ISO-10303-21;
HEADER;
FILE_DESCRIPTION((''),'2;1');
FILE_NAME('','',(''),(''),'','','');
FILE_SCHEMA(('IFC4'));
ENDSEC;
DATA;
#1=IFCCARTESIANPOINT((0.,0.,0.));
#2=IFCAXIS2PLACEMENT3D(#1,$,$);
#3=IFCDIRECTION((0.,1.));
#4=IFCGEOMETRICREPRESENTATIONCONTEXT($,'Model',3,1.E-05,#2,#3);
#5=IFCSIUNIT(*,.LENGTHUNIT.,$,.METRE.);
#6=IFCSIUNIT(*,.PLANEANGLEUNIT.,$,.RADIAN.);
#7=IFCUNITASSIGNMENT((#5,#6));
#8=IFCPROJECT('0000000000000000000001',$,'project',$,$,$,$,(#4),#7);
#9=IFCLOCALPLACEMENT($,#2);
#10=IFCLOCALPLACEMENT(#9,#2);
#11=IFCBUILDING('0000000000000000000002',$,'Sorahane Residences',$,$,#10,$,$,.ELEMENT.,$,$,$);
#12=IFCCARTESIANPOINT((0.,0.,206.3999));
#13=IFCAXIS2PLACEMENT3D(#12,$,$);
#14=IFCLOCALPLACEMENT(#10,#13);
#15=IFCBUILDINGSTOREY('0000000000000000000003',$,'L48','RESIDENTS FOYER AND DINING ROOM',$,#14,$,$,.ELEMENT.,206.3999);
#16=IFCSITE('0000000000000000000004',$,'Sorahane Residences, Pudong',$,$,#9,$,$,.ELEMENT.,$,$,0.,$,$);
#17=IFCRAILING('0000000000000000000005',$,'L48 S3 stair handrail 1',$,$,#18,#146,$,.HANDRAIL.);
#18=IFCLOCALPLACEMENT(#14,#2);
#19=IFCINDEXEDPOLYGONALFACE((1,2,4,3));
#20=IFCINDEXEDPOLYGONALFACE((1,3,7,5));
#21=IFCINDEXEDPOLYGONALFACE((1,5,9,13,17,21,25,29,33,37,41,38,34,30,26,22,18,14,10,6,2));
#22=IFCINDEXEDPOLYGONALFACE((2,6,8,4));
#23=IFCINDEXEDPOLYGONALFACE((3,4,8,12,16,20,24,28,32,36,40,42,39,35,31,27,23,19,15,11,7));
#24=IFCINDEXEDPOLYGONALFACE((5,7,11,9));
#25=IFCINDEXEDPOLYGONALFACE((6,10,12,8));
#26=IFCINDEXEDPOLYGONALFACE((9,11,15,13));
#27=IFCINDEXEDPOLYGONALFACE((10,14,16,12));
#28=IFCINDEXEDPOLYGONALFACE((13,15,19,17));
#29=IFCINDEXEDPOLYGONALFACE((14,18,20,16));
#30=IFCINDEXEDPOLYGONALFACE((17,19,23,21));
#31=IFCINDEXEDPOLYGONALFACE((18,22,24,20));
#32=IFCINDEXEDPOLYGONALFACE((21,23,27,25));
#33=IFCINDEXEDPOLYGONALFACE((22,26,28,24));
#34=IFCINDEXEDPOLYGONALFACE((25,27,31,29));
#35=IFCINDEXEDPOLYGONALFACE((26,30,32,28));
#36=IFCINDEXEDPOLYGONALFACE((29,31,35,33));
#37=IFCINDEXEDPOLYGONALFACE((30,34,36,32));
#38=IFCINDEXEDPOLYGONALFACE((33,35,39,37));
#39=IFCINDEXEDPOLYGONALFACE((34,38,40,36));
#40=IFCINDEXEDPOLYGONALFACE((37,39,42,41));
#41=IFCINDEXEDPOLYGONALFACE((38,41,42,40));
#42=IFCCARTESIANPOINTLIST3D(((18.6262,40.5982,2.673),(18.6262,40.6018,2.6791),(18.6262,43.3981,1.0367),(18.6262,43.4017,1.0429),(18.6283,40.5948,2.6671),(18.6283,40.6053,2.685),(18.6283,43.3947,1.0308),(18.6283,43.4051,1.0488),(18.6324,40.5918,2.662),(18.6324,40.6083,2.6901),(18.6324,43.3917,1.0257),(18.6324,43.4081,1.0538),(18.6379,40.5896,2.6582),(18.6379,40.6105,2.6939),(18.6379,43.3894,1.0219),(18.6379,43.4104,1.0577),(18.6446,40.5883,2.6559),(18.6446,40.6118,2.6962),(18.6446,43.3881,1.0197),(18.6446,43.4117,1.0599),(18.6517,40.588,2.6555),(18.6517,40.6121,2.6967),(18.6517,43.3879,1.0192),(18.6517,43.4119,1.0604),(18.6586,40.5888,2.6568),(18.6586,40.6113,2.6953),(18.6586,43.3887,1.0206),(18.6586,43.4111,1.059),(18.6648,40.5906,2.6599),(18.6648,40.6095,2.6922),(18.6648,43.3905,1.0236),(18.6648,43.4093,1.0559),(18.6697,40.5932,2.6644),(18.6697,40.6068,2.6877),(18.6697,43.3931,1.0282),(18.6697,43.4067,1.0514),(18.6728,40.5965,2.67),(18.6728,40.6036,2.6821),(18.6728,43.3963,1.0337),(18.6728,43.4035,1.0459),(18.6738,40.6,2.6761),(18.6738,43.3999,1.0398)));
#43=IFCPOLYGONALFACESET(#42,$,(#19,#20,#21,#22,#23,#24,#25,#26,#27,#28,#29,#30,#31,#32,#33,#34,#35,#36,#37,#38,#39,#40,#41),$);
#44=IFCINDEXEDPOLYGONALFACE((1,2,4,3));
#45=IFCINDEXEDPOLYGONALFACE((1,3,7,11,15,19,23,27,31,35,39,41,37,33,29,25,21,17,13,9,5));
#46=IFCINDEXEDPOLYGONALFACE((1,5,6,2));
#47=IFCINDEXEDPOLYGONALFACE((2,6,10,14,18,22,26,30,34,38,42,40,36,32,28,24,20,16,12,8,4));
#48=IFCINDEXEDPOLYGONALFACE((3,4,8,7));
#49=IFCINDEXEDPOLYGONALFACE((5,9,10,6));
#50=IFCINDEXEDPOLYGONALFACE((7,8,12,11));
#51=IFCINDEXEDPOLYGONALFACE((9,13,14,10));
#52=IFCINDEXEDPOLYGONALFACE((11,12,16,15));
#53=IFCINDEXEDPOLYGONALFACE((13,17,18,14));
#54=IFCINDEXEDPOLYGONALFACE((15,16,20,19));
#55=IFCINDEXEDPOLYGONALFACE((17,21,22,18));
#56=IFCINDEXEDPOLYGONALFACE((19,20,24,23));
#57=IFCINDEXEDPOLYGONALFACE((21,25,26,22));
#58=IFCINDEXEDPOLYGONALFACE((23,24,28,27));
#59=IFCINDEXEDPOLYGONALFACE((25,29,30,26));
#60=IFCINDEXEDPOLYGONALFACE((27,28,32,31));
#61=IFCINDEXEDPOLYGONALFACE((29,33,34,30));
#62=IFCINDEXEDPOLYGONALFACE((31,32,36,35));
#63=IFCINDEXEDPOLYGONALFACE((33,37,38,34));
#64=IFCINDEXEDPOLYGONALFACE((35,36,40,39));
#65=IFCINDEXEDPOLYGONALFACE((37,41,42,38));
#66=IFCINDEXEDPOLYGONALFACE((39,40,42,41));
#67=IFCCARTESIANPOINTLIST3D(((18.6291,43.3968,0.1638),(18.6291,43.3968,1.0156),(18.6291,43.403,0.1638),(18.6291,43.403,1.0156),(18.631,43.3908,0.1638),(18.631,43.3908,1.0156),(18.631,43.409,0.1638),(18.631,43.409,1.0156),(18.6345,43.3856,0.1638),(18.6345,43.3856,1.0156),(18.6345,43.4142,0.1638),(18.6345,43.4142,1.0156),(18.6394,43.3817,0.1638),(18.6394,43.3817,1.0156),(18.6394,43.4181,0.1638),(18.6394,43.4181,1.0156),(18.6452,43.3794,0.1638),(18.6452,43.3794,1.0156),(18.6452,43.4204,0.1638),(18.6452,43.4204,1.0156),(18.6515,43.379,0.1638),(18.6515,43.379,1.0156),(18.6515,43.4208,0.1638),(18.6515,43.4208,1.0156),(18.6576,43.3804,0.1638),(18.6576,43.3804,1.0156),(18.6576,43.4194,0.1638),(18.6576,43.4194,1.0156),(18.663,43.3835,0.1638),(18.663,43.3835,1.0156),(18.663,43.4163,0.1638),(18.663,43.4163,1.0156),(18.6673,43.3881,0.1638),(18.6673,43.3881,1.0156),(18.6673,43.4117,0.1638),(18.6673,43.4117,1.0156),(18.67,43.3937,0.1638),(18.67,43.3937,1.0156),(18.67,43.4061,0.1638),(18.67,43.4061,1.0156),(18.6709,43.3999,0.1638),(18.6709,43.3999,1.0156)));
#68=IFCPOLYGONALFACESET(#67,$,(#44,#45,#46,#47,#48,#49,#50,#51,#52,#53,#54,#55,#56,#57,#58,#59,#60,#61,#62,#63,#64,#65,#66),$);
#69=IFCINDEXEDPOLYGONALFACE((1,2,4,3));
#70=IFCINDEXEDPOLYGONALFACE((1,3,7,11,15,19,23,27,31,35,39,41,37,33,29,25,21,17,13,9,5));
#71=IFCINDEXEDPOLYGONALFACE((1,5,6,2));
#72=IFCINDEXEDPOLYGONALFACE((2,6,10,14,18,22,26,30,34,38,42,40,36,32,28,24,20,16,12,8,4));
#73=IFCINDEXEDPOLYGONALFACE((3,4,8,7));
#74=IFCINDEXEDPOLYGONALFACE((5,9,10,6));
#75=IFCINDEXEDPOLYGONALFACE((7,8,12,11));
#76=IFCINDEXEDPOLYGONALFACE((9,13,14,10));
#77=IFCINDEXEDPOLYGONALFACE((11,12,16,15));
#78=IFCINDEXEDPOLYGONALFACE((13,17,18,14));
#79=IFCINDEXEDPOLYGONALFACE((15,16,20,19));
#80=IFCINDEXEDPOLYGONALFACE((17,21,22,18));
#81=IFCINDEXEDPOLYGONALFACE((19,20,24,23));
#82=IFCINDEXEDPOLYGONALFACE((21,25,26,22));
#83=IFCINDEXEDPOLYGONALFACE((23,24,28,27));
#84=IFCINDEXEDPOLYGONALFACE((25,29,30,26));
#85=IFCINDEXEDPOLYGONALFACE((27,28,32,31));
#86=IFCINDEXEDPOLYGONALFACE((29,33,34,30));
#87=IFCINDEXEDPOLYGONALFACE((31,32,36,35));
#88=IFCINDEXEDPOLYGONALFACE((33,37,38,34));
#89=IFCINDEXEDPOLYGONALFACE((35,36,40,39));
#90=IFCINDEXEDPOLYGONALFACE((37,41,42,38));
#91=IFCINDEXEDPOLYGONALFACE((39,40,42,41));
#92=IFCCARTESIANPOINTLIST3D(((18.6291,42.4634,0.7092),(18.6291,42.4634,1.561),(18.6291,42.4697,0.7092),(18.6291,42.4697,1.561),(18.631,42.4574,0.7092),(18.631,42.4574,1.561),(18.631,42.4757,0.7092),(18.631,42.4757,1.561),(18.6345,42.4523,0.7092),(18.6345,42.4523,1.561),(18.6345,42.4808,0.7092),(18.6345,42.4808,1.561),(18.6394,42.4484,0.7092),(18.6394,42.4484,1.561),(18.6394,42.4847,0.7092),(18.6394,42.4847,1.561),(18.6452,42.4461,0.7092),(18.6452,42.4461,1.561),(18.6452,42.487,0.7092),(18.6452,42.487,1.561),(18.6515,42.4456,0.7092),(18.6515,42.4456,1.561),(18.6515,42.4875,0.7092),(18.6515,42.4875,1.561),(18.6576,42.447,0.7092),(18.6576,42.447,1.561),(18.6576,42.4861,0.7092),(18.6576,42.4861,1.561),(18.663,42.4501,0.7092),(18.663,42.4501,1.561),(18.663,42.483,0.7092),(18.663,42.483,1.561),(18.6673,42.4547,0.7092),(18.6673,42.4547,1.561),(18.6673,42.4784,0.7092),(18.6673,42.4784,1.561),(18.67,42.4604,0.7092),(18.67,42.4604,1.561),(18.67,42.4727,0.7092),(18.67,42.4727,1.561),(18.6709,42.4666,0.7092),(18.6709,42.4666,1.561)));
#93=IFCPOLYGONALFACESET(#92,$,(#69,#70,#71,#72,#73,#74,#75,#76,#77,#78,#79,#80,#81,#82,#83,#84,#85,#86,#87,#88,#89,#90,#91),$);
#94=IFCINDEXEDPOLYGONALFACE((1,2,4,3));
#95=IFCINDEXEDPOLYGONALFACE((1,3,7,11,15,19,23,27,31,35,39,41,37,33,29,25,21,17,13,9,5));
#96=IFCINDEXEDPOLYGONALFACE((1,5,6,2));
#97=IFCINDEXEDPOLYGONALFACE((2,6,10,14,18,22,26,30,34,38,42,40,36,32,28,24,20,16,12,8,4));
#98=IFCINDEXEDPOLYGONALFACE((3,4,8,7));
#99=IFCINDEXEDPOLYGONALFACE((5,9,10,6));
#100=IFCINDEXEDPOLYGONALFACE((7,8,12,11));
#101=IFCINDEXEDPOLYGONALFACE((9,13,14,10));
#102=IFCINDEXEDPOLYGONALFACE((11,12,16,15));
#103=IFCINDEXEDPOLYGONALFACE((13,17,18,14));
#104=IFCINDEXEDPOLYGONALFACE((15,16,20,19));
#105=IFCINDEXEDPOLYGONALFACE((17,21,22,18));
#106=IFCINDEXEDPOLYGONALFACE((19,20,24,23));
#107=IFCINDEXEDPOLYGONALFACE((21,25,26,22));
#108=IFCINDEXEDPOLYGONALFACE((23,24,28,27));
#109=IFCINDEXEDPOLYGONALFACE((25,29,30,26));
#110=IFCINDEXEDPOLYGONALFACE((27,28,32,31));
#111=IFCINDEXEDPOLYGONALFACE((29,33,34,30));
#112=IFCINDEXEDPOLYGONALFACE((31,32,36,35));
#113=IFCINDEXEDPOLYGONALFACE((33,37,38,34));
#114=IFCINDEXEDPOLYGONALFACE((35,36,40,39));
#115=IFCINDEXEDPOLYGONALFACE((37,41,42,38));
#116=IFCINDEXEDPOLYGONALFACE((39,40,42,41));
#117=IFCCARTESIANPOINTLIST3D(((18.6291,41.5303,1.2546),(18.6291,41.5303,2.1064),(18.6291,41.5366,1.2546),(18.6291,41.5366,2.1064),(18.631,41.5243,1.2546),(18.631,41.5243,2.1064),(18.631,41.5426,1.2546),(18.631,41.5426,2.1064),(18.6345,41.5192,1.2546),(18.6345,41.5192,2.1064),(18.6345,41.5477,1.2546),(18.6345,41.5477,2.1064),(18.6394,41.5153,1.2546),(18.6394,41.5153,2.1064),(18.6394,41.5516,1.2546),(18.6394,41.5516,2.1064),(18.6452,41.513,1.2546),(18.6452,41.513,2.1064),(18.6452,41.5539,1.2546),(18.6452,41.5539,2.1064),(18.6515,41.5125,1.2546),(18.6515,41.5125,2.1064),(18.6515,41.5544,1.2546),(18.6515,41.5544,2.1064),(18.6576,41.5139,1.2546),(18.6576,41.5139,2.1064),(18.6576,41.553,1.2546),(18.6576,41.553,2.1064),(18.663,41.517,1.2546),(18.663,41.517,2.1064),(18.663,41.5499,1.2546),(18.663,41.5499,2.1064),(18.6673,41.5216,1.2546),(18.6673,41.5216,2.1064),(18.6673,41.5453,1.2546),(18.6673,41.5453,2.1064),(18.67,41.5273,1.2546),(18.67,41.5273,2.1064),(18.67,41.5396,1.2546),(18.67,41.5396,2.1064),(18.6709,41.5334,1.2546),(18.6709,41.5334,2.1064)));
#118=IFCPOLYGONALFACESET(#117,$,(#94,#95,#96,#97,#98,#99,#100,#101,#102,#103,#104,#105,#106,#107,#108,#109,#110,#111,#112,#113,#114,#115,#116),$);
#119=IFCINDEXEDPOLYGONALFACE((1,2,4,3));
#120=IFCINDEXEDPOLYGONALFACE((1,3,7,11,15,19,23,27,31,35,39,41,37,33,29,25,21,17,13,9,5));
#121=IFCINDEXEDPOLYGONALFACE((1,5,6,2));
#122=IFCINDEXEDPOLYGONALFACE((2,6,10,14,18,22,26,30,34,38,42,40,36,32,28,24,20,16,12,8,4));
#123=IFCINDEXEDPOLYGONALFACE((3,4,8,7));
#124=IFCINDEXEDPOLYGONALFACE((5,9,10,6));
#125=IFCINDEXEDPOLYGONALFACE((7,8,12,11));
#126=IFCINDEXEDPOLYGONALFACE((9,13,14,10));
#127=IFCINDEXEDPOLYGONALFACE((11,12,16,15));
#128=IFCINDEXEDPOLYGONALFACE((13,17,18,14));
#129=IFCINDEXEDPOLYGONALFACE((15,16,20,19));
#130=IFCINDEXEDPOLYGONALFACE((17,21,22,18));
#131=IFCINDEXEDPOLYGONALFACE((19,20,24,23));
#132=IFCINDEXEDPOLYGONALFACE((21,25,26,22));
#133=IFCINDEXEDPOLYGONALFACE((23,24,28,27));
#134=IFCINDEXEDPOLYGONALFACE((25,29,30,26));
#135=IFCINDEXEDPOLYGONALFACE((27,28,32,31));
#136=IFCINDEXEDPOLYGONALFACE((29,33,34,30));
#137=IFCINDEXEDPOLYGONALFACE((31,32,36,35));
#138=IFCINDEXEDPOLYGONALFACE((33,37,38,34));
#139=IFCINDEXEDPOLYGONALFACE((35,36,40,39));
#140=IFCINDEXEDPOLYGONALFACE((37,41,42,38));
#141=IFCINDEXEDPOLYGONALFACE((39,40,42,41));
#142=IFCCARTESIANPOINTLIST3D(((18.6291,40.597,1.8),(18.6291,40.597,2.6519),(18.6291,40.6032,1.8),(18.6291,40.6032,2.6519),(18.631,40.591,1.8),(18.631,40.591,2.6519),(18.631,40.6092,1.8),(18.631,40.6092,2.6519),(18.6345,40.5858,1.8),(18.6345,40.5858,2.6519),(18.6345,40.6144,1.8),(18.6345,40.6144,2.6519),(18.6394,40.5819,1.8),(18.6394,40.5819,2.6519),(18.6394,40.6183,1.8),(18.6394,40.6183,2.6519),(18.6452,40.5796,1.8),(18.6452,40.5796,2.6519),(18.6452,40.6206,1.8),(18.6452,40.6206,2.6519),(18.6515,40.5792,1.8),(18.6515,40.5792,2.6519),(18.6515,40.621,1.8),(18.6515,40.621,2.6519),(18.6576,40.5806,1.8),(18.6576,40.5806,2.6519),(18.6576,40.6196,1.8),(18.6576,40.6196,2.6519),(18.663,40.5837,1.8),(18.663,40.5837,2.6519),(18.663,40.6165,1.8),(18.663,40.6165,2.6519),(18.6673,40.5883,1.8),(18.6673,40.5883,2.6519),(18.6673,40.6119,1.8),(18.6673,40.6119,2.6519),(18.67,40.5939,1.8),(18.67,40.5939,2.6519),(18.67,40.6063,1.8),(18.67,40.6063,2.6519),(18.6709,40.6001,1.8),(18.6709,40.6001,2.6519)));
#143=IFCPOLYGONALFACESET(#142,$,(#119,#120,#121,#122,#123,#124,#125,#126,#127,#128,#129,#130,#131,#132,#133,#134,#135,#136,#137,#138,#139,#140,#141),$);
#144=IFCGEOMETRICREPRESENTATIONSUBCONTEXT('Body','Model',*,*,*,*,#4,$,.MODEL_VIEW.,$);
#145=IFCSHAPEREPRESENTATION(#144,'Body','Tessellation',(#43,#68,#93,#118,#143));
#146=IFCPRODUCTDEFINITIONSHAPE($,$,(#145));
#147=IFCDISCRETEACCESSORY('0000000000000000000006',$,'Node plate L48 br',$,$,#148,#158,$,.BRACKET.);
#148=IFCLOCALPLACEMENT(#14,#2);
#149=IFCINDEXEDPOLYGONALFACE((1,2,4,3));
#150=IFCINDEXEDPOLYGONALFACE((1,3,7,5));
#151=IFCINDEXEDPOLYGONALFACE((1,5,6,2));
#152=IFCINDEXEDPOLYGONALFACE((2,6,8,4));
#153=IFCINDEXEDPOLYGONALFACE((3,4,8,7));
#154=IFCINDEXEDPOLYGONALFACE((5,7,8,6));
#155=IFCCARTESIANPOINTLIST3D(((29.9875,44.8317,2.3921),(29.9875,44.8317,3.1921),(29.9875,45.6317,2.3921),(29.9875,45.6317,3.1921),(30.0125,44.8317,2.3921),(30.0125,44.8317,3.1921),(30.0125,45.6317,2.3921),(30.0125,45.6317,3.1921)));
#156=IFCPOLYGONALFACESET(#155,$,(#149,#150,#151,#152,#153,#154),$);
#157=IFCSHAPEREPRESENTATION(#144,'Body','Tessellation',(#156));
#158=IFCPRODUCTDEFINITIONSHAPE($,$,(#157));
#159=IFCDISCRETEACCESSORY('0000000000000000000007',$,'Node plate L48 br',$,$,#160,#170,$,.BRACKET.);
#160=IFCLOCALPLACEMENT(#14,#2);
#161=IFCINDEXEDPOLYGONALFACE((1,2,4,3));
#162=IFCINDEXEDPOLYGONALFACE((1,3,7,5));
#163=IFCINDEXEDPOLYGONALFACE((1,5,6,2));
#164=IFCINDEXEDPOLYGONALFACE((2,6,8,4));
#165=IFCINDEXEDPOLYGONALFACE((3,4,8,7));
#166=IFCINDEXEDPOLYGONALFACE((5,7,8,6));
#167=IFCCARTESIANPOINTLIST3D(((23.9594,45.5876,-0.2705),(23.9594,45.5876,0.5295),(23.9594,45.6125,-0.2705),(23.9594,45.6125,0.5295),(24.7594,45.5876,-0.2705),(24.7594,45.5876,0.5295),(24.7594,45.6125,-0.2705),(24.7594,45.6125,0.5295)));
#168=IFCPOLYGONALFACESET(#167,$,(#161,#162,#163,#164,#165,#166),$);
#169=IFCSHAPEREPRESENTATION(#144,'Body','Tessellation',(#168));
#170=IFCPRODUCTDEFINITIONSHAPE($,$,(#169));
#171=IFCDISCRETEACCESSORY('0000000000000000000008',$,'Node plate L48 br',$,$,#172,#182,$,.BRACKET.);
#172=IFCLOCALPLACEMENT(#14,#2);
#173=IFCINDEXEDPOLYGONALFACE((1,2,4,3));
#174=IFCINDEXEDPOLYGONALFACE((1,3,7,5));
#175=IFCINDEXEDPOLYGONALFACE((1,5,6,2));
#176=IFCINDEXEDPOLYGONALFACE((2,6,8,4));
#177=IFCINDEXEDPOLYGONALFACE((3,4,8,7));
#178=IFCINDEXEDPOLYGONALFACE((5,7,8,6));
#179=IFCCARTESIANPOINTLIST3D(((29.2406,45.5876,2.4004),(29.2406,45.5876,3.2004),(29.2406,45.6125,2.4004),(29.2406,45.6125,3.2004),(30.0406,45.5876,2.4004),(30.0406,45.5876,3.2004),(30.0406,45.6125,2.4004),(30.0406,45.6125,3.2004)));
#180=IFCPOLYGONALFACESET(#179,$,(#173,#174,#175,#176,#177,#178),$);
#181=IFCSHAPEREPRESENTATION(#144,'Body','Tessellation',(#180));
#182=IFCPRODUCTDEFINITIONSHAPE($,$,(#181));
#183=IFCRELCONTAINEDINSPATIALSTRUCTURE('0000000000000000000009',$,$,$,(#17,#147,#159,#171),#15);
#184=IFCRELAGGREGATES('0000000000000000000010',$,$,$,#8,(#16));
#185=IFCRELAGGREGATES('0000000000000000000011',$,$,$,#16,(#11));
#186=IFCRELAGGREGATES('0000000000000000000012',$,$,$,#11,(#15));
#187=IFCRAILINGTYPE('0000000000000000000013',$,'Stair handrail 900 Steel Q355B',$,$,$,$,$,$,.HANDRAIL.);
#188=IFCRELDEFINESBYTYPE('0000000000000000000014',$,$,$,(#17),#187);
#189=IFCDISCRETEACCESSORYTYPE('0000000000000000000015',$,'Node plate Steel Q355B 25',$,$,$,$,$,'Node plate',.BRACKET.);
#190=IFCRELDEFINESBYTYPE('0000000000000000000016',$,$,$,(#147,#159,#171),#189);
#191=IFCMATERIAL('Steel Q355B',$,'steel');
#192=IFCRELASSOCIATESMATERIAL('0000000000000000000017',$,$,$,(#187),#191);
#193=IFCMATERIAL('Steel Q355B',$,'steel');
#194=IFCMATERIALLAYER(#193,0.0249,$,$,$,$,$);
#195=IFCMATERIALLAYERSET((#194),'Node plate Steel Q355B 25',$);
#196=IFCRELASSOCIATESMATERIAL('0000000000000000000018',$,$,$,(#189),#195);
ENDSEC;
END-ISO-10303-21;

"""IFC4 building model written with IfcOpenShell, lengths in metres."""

from ifc_helpers import new_model, si_unit, direction, frame, origin, origin_2d, place, context, subcontext, project, spatial, rectangle, circle, extrude, material, layer, layer_set, type_object, element, save


model = new_model("IFC4")

# Units and contexts
model_context = context("Model", 3, precision=1e-05, world=origin(), true_north=direction((0.0, 1.0)))
body_context = subcontext(model_context, "Body", "Model", "MODEL_VIEW")
ifc_project = project(units=[si_unit("LENGTHUNIT", "METRE"), si_unit("PLANEANGLEUNIT", "RADIAN")], contexts=[model_context])

# Site, building, storey
site_placement = place(None, origin())
site = spatial("IfcSite", under=ifc_project, at=site_placement, Name="Sorahane Residences, Pudong", CompositionType="ELEMENT", RefElevation=0.0)
building_placement = place(site_placement, origin())
building = spatial("IfcBuilding", under=site, at=building_placement, Name="Sorahane Residences", CompositionType="ELEMENT")
storey_placement = place(building_placement, frame((0.0, 0.0, 206.3999)))
storey = spatial("IfcBuildingStorey", under=building, at=storey_placement, Name="L48", Description="RESIDENTS FOYER AND DINING ROOM", CompositionType="ELEMENT", Elevation=206.3999)

# Railing
ifc_material_1 = material(Name="Steel Q355B", Category="steel")
railing_type_1 = type_object("IfcRailingType", Name="Stair handrail 900 Steel Q355B", PredefinedType="HANDRAIL", material=ifc_material_1)
railing_1_placement = place(storey_placement, frame((18.6499, 43.3999, 0.1638)))
element("IfcRailing", 1, at=railing_1_placement, inside=storey, type_object=railing_type_1, Name="L48 S3 stair handrail 1", PredefinedType="HANDRAIL", context=body_context, shape_type="SweptSolid", body=[
    extrude(circle(Radius=0.0239, at=origin_2d()), frame((0.0, 0.0, 0.876), z_axis=(0.0, -0.863374, 0.504564), x_axis=(1.0, 0.0, 0.0)), (0.0, 0.0, 1.0), 3.2429),
    extrude(circle(Radius=0.021, at=origin_2d()), origin(), (0.0, 0.0, 1.0), 0.8518),
    extrude(circle(Radius=0.021, at=origin_2d()), frame((0.0, -0.9333, 0.5454)), (0.0, 0.0, 1.0), 0.8518),
    extrude(circle(Radius=0.021, at=origin_2d()), frame((0.0, -1.8665, 1.0908)), (0.0, 0.0, 1.0), 0.8518),
    extrude(circle(Radius=0.021, at=origin_2d()), frame((0.0, -2.7998, 1.6362)), (0.0, 0.0, 1.0), 0.8518),
])

# Discrete accessories
ifc_material_2 = material(Name="Steel Q355B", Category="steel")
ifc_layer_1 = layer(ifc_material_2, 0.0249)
ifc_layer_set_1 = layer_set([ifc_layer_1], Name="Node plate Steel Q355B 25")
discrete_accessory_type = type_object("IfcDiscreteAccessoryType", Name="Node plate Steel Q355B 25", ElementType="Node plate", PredefinedType="BRACKET", material=ifc_layer_set_1)
for number, where, z_axis, x_axis, name in (
    (2, (30.0, 45.2317, 2.3921), (0.0, 0.0, 1.0), (0.0, 1.0, 0.0), "Node plate L48 br"),
    (3, (24.3594, 45.6001, -0.2705), (0.0, 0.0, 1.0), (1.0, 0.0, 0.0), "Node plate L48 br"),
    (4, (29.6406, 45.6001, 2.4004), (0.0, 0.0, 1.0), (1.0, 0.0, 0.0), "Node plate L48 br"),
):
    element("IfcDiscreteAccessory", number, at=place(storey_placement, frame(where, z_axis=z_axis, x_axis=x_axis)), inside=storey, type_object=discrete_accessory_type, Name=name, PredefinedType="BRACKET", context=body_context, shape_type="SweptSolid", body=[
        extrude(rectangle(XDim=0.8, YDim=0.0249, at=origin_2d()), origin(), (0.0, 0.0, 1.0), 0.8),
    ])

save(model, "model.ifc")
